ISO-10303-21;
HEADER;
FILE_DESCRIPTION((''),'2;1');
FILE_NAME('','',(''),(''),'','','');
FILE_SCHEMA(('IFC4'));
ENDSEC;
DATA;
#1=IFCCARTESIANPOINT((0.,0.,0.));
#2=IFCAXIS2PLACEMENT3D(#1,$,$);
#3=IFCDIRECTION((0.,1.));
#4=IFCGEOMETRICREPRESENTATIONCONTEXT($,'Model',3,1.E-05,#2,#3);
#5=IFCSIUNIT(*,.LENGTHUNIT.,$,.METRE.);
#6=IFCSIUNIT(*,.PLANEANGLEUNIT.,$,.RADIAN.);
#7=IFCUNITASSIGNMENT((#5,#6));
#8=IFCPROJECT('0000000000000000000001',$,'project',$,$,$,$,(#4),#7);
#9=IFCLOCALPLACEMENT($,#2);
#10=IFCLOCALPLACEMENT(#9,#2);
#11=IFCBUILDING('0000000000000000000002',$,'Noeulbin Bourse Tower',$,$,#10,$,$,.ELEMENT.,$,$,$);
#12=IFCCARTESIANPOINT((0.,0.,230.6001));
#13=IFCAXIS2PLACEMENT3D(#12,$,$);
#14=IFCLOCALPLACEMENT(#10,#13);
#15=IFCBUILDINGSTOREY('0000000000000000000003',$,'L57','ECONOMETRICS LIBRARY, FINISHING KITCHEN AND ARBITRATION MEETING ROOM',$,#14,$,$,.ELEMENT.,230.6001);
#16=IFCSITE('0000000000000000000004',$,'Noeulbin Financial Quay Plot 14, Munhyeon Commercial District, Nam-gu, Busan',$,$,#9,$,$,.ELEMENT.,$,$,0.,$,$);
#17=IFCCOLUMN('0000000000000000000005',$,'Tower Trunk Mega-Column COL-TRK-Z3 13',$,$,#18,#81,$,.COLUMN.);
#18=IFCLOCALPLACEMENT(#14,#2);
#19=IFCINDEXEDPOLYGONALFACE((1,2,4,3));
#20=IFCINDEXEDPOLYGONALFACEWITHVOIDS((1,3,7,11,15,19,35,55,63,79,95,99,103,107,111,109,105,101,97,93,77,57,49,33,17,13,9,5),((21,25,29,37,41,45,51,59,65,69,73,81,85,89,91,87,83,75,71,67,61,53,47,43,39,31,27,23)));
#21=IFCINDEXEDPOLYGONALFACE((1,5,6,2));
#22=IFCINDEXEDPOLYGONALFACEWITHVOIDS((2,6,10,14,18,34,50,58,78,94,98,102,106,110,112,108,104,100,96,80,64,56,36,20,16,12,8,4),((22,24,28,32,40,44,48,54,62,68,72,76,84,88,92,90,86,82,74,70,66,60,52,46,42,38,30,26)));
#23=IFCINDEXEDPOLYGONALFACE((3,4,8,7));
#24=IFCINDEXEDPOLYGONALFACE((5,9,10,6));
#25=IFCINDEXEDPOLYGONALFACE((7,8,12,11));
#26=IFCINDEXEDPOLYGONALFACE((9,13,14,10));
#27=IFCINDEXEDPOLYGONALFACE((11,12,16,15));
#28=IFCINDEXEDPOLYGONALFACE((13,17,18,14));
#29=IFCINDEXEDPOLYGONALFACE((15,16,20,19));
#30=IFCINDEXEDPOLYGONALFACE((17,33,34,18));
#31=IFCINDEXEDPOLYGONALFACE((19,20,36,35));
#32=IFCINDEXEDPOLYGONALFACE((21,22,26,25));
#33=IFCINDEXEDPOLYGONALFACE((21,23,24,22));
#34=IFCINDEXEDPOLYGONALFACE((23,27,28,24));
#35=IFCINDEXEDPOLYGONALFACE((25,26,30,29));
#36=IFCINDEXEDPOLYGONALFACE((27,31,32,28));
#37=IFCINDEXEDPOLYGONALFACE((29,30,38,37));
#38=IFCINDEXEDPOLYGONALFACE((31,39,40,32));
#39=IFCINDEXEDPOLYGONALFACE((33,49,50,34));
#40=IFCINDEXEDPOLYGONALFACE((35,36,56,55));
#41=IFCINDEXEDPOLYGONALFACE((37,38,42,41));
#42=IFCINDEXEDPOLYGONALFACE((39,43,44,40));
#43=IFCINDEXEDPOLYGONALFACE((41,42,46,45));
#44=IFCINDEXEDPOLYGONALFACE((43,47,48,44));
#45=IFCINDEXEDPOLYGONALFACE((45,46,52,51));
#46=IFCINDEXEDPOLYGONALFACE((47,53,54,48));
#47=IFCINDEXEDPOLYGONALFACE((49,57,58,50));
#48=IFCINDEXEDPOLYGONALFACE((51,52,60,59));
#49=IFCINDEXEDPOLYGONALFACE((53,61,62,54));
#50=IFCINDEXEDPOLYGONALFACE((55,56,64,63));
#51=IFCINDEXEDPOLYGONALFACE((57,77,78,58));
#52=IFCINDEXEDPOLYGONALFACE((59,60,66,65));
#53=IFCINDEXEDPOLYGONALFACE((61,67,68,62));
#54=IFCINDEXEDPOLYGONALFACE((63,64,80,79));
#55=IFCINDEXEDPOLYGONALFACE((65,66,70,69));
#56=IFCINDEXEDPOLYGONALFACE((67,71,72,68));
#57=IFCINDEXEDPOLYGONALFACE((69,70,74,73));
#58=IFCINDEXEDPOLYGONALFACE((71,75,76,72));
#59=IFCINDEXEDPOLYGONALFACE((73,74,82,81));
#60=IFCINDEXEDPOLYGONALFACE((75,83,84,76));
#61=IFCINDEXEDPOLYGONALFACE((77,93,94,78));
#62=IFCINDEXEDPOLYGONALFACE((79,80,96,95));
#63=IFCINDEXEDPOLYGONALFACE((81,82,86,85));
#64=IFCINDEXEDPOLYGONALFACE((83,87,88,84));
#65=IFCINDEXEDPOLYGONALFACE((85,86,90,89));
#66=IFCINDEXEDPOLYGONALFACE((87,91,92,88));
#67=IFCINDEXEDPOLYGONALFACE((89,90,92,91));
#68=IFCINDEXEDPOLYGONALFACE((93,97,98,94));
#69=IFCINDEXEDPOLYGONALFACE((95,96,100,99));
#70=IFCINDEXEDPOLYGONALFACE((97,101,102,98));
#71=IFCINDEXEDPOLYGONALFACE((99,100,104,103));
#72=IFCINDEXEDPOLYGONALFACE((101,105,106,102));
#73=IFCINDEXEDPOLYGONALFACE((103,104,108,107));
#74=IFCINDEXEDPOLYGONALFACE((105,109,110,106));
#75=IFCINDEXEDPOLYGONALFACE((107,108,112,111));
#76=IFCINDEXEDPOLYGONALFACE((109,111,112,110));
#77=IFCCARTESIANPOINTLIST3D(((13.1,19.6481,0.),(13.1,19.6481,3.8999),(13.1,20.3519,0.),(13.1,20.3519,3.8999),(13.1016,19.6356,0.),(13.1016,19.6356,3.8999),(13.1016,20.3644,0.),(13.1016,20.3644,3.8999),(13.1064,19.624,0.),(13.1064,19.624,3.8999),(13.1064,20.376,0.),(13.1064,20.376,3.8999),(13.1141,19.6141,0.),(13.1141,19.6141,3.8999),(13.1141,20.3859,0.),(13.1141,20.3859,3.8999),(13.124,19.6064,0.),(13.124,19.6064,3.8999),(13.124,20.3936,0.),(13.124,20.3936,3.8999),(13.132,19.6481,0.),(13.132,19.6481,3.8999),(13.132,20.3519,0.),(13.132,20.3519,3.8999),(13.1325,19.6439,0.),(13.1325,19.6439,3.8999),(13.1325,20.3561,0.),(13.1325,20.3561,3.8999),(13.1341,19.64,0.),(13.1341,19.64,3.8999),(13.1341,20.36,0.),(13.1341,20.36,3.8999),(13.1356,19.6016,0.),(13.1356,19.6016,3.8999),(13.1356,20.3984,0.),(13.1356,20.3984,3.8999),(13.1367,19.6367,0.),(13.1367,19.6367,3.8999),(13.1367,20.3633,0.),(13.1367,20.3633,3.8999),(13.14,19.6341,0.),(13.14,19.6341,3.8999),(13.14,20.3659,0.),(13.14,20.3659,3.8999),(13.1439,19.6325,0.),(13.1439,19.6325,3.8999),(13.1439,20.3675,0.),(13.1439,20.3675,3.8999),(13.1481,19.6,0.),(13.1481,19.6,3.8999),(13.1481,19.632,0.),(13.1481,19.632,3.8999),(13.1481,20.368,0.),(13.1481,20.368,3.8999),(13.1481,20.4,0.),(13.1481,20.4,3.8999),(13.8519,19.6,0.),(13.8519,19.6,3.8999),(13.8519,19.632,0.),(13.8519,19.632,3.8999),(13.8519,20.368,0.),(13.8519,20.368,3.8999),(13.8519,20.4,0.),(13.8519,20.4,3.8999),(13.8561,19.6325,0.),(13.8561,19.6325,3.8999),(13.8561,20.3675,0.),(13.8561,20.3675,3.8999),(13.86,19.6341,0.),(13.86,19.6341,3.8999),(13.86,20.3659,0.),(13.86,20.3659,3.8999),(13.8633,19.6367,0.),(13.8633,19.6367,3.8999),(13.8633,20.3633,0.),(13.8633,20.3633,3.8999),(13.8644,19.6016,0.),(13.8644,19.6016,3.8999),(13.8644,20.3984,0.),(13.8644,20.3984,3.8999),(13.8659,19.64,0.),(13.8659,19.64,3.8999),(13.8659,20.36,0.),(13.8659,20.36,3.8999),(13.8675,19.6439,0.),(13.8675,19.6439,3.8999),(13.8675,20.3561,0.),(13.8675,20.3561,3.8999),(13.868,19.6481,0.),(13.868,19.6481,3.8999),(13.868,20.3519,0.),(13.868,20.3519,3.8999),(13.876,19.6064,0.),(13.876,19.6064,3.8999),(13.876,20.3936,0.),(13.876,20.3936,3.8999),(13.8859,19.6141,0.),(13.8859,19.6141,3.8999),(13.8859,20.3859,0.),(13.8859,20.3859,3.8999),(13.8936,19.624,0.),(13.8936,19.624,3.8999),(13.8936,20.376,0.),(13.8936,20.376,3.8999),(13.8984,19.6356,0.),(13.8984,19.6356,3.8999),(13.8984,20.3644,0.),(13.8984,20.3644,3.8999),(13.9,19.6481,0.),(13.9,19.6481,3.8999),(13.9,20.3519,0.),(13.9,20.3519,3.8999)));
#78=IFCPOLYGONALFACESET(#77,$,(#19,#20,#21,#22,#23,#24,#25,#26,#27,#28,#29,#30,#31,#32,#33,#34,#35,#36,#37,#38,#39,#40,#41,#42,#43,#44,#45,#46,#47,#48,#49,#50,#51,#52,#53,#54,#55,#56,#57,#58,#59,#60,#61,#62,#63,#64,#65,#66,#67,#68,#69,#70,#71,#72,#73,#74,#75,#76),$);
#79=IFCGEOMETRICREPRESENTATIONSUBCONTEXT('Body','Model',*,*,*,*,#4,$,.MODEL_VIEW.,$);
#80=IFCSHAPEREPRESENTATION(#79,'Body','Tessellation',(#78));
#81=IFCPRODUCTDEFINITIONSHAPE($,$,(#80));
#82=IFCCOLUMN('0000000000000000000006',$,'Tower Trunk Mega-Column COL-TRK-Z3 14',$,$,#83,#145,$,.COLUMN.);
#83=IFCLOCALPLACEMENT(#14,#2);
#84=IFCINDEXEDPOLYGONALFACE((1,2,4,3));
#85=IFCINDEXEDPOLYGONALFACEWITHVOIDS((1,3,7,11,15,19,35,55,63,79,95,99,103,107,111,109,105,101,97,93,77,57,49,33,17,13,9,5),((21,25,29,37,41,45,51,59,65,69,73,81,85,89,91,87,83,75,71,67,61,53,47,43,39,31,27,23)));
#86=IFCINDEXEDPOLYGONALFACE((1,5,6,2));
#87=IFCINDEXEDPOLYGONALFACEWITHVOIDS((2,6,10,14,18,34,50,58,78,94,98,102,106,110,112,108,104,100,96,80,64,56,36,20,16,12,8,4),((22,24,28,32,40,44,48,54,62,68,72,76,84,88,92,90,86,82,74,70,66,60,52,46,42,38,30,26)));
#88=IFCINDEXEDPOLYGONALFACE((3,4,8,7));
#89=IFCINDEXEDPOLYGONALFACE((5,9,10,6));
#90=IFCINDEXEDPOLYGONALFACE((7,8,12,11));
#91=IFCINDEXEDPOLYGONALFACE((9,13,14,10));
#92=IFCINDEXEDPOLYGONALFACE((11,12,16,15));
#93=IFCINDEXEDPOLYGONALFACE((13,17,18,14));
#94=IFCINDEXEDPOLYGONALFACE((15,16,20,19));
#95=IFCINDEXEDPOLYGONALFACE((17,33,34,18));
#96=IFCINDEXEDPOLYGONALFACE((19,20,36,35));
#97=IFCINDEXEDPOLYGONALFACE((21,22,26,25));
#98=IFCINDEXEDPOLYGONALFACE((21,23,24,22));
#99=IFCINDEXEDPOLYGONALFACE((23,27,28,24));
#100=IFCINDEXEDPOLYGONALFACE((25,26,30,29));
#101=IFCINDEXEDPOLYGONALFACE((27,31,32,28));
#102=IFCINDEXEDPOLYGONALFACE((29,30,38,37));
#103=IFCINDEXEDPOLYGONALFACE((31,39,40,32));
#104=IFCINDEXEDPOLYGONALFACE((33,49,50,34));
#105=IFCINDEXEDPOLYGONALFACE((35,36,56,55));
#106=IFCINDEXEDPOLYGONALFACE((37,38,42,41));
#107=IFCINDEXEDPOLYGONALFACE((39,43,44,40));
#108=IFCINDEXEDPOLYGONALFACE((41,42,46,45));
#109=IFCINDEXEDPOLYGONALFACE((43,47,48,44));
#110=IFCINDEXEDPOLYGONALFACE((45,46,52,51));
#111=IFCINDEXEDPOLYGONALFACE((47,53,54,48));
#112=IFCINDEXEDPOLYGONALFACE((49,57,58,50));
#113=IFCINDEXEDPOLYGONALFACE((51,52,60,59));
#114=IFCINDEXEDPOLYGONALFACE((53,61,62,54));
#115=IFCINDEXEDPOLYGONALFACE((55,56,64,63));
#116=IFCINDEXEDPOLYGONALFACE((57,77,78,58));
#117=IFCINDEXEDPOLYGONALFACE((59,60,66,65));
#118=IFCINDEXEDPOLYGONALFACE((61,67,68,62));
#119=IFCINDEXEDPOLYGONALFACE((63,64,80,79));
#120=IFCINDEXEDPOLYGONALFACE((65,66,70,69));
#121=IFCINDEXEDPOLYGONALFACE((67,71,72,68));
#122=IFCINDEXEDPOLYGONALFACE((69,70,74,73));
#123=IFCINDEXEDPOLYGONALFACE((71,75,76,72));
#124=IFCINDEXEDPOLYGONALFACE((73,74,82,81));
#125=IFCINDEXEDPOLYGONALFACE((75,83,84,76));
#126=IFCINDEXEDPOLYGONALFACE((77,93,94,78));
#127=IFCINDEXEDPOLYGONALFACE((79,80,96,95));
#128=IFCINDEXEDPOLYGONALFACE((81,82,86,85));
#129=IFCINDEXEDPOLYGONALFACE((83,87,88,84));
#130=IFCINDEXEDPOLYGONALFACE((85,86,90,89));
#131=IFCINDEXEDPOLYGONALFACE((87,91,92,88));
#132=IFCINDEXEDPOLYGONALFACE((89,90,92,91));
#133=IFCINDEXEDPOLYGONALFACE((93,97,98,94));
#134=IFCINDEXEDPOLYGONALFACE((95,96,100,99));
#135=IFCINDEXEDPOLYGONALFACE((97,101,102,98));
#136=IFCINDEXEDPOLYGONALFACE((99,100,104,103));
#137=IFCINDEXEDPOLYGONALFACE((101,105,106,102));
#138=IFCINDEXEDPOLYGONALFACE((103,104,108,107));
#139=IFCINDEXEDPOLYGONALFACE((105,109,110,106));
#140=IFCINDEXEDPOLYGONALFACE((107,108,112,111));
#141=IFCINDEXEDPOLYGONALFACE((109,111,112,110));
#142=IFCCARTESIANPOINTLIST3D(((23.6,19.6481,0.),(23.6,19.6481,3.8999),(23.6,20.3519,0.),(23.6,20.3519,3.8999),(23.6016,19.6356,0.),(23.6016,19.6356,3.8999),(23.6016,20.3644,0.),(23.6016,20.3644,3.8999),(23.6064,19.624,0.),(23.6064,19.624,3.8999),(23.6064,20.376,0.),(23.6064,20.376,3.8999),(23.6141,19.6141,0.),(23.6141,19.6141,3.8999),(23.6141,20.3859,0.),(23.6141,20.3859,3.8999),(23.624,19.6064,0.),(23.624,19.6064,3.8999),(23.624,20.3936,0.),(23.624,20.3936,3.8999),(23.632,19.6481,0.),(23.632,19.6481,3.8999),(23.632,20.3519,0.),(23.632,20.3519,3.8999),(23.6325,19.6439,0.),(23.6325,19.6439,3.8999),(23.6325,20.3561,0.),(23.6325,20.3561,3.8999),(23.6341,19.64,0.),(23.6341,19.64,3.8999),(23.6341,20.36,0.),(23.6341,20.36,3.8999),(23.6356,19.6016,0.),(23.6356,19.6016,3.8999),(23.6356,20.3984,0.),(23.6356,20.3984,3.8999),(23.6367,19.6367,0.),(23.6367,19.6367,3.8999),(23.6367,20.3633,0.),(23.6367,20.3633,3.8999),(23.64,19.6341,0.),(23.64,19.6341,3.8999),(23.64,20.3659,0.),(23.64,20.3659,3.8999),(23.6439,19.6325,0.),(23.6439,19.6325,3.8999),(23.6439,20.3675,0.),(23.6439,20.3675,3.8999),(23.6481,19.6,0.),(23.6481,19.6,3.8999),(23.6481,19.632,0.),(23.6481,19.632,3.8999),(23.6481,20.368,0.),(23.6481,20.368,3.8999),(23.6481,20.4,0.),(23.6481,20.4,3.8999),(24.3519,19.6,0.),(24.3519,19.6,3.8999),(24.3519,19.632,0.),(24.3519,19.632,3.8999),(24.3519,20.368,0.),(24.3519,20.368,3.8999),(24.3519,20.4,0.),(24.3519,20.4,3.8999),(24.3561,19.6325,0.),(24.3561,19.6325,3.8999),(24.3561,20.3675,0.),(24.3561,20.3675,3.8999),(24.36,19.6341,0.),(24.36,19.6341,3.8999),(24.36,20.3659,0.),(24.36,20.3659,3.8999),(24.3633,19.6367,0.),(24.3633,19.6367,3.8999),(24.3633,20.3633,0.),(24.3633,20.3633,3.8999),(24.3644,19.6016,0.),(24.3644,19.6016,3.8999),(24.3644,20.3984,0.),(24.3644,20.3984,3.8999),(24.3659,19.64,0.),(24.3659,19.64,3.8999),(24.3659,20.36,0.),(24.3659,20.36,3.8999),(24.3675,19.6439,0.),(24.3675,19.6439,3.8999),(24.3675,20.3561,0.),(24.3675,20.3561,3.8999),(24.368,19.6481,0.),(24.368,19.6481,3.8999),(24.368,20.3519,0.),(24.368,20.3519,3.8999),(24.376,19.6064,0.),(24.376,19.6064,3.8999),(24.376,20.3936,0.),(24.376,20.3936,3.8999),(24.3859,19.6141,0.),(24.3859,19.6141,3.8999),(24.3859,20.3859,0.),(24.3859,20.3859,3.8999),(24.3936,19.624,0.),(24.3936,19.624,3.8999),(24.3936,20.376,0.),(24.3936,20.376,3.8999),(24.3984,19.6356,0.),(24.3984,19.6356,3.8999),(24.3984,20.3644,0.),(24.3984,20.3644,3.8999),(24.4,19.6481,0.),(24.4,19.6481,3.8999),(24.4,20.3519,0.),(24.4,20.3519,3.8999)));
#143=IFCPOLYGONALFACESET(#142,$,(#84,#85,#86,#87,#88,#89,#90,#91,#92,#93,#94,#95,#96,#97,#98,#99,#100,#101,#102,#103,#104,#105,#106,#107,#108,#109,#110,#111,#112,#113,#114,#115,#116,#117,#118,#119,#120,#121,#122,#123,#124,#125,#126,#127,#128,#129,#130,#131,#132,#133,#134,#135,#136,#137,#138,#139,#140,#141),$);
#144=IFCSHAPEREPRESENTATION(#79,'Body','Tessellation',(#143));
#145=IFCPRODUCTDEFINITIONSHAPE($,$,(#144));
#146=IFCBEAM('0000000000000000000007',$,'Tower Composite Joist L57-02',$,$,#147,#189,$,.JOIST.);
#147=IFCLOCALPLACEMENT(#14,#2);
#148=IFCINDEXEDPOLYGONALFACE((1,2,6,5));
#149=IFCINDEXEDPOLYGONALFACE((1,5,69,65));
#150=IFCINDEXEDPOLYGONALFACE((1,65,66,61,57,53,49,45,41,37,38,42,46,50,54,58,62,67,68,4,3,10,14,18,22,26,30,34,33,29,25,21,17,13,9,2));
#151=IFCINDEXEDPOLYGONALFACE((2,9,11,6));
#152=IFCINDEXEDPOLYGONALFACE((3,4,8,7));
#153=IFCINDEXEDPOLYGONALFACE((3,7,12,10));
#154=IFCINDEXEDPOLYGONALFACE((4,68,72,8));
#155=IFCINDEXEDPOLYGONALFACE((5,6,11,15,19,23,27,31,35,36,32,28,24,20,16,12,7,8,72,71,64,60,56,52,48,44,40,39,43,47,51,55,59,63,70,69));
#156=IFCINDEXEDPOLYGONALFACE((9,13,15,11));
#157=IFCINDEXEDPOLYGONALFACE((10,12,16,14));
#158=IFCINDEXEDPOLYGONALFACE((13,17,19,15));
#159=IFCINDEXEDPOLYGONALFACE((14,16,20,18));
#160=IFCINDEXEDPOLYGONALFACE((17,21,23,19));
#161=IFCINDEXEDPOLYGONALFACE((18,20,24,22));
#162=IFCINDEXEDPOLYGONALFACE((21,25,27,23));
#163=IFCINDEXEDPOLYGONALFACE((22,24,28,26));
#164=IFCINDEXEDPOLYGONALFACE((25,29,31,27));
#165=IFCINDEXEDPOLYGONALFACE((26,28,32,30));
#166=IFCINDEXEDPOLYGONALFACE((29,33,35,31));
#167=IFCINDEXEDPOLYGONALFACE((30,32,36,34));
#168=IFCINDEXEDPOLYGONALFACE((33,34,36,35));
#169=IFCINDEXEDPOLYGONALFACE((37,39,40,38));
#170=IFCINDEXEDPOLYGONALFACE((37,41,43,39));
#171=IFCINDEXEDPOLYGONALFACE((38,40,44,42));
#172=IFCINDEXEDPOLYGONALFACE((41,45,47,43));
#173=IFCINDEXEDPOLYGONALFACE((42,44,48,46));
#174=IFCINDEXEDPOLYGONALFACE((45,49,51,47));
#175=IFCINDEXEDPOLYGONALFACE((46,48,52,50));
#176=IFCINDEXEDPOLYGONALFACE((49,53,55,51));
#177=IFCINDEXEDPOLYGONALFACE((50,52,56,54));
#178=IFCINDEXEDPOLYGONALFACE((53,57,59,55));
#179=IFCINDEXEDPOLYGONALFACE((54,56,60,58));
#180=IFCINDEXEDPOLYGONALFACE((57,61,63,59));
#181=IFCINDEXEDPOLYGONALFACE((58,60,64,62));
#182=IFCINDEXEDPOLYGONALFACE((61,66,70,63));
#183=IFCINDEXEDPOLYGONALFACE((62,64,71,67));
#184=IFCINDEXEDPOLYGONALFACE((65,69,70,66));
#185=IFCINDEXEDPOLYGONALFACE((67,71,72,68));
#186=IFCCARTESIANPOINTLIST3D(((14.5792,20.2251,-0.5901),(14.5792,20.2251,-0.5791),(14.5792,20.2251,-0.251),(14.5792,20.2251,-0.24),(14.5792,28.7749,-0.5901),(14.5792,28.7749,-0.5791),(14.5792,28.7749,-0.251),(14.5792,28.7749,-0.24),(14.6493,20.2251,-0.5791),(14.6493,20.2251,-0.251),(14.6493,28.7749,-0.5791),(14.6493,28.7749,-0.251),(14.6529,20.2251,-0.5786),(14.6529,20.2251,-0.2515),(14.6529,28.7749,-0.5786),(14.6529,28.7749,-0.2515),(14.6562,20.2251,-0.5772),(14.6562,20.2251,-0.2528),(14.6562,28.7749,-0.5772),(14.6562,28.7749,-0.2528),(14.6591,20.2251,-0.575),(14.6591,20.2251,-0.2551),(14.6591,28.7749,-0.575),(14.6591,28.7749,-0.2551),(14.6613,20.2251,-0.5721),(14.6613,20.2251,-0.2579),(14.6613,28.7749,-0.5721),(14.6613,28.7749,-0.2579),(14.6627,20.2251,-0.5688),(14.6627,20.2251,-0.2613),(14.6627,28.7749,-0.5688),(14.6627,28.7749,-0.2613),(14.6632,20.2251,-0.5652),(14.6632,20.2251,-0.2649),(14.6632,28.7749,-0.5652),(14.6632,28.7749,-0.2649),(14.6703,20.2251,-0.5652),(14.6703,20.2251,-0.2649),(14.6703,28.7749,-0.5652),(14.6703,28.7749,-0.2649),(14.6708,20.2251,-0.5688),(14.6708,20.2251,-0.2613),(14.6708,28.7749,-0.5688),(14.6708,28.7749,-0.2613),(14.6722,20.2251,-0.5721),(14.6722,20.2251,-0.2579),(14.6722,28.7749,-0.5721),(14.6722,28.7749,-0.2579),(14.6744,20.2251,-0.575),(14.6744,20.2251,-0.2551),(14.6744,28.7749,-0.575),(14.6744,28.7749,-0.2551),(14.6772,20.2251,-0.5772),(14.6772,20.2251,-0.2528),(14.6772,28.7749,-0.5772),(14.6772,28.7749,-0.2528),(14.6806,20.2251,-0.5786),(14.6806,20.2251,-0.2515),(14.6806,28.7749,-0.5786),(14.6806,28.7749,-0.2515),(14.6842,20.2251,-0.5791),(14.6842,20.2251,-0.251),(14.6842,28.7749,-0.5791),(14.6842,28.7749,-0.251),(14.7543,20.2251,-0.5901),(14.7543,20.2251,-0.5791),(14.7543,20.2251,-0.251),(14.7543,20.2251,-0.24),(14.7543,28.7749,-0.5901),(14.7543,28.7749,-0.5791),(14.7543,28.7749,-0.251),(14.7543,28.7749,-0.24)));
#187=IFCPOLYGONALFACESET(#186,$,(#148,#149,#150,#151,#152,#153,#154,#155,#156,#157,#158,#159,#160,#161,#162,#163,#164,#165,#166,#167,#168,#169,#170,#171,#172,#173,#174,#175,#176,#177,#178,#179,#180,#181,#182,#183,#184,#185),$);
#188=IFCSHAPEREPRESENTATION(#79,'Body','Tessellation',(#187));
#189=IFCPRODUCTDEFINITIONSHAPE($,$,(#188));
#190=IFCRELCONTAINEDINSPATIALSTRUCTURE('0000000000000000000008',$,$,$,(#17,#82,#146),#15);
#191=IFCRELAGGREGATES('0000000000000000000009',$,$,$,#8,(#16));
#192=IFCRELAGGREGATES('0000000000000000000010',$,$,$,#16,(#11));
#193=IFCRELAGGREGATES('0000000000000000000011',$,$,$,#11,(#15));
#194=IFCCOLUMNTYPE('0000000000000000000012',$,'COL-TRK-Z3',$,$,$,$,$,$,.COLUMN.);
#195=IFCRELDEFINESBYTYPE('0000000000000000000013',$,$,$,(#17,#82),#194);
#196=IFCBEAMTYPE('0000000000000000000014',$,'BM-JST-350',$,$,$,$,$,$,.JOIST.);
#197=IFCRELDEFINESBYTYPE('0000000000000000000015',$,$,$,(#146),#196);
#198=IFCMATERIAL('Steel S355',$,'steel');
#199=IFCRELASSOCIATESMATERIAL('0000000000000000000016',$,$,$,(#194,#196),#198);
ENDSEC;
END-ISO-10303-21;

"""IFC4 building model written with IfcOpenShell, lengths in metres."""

from ifc_helpers import new_model, si_unit, direction, frame, origin, origin_2d, place, context, subcontext, project, spatial, hollow_rectangle, i_section, extrude, material, material_profile, profile_set, type_object, element, save


model = new_model("IFC4")

# Units and contexts
model_context = context("Model", 3, precision=1e-05, world=origin(), true_north=direction((0.0, 1.0)))
body_context = subcontext(model_context, "Body", "Model", "MODEL_VIEW")
ifc_project = project(units=[si_unit("LENGTHUNIT", "METRE"), si_unit("PLANEANGLEUNIT", "RADIAN")], contexts=[model_context])

# Site, building, storey
site_placement = place(None, origin())
site = spatial("IfcSite", under=ifc_project, at=site_placement, Name="Noeulbin Financial Quay Plot 14, Munhyeon Commercial District, Nam-gu, Busan", CompositionType="ELEMENT", RefElevation=0.0)
building_placement = place(site_placement, origin())
building = spatial("IfcBuilding", under=site, at=building_placement, Name="Noeulbin Bourse Tower", CompositionType="ELEMENT")
storey_placement = place(building_placement, frame((0.0, 0.0, 230.6001)))
storey = spatial("IfcBuildingStorey", under=building, at=storey_placement, Name="L57", Description="ECONOMETRICS LIBRARY, FINISHING KITCHEN AND ARBITRATION MEETING ROOM", CompositionType="ELEMENT", Elevation=230.6001)

# Columns
ifc_material_1 = material(Name="Steel S355", Category="steel")
ifc_material_profile_1 = material_profile(ifc_material_1, hollow_rectangle(XDim=0.8, YDim=0.8, WallThickness=0.032, InnerFilletRadius=0.0161, OuterFilletRadius=0.0481, at=origin_2d()), Name="BOX-800x800x32", Category="LoadBearing")
ifc_profile_set_1 = profile_set([ifc_material_profile_1], Name="Steel S355")
column_type = type_object("IfcColumnType", Name="COL-TRK-Z3", PredefinedType="COLUMN", material=ifc_profile_set_1)
for number, where, z_axis, x_axis, name in (
    (1, (13.5, 20.0, 0.0), (0.0, 0.0, 1.0), (1.0, 0.0, 0.0), "Tower Trunk Mega-Column COL-TRK-Z3 13"),
    (2, (24.0, 20.0, 0.0), (0.0, 0.0, 1.0), (1.0, 0.0, 0.0), "Tower Trunk Mega-Column COL-TRK-Z3 14"),
):
    element("IfcColumn", number, at=place(storey_placement, frame(where, z_axis=z_axis, x_axis=x_axis)), inside=storey, type_object=column_type, Name=name, PredefinedType="COLUMN", context=body_context, shape_type="SweptSolid", body=[
        extrude(hollow_rectangle(XDim=0.8, YDim=0.8, WallThickness=0.032, InnerFilletRadius=0.0161, OuterFilletRadius=0.0481, at=origin_2d()), origin(), (0.0, 0.0, 1.0), 3.8999),
    ])

# Beam
ifc_material_profile_2 = material_profile(ifc_material_1, i_section(OverallWidth=0.175, OverallDepth=0.3501, WebThickness=0.0071, FlangeThickness=0.011, FilletRadius=0.0139, at=origin_2d()), Name="H-350x175x7x11", Category="LoadBearing")
ifc_profile_set_2 = profile_set([ifc_material_profile_2], Name="Steel S355")
beam_type_1 = type_object("IfcBeamType", Name="BM-JST-350", PredefinedType="JOIST", material=ifc_profile_set_2)
for number, where, z_axis, x_axis, name in (
    (3, (14.6667, 20.2251, -0.415), (0.0, 1.0, 0.0), (-1.0, 0.0, 0.0), "Tower Composite Joist L57-02"),
):
    element("IfcBeam", number, at=place(storey_placement, frame(where, z_axis=z_axis, x_axis=x_axis)), inside=storey, type_object=beam_type_1, Name=name, PredefinedType="JOIST", context=body_context, shape_type="SweptSolid", body=[
        extrude(i_section(OverallWidth=0.175, OverallDepth=0.3501, WebThickness=0.0071, FlangeThickness=0.011, FilletRadius=0.0139, at=origin_2d()), origin(), (0.0, 0.0, 1.0), 8.5498),
    ])

save(model, "model.ifc")
